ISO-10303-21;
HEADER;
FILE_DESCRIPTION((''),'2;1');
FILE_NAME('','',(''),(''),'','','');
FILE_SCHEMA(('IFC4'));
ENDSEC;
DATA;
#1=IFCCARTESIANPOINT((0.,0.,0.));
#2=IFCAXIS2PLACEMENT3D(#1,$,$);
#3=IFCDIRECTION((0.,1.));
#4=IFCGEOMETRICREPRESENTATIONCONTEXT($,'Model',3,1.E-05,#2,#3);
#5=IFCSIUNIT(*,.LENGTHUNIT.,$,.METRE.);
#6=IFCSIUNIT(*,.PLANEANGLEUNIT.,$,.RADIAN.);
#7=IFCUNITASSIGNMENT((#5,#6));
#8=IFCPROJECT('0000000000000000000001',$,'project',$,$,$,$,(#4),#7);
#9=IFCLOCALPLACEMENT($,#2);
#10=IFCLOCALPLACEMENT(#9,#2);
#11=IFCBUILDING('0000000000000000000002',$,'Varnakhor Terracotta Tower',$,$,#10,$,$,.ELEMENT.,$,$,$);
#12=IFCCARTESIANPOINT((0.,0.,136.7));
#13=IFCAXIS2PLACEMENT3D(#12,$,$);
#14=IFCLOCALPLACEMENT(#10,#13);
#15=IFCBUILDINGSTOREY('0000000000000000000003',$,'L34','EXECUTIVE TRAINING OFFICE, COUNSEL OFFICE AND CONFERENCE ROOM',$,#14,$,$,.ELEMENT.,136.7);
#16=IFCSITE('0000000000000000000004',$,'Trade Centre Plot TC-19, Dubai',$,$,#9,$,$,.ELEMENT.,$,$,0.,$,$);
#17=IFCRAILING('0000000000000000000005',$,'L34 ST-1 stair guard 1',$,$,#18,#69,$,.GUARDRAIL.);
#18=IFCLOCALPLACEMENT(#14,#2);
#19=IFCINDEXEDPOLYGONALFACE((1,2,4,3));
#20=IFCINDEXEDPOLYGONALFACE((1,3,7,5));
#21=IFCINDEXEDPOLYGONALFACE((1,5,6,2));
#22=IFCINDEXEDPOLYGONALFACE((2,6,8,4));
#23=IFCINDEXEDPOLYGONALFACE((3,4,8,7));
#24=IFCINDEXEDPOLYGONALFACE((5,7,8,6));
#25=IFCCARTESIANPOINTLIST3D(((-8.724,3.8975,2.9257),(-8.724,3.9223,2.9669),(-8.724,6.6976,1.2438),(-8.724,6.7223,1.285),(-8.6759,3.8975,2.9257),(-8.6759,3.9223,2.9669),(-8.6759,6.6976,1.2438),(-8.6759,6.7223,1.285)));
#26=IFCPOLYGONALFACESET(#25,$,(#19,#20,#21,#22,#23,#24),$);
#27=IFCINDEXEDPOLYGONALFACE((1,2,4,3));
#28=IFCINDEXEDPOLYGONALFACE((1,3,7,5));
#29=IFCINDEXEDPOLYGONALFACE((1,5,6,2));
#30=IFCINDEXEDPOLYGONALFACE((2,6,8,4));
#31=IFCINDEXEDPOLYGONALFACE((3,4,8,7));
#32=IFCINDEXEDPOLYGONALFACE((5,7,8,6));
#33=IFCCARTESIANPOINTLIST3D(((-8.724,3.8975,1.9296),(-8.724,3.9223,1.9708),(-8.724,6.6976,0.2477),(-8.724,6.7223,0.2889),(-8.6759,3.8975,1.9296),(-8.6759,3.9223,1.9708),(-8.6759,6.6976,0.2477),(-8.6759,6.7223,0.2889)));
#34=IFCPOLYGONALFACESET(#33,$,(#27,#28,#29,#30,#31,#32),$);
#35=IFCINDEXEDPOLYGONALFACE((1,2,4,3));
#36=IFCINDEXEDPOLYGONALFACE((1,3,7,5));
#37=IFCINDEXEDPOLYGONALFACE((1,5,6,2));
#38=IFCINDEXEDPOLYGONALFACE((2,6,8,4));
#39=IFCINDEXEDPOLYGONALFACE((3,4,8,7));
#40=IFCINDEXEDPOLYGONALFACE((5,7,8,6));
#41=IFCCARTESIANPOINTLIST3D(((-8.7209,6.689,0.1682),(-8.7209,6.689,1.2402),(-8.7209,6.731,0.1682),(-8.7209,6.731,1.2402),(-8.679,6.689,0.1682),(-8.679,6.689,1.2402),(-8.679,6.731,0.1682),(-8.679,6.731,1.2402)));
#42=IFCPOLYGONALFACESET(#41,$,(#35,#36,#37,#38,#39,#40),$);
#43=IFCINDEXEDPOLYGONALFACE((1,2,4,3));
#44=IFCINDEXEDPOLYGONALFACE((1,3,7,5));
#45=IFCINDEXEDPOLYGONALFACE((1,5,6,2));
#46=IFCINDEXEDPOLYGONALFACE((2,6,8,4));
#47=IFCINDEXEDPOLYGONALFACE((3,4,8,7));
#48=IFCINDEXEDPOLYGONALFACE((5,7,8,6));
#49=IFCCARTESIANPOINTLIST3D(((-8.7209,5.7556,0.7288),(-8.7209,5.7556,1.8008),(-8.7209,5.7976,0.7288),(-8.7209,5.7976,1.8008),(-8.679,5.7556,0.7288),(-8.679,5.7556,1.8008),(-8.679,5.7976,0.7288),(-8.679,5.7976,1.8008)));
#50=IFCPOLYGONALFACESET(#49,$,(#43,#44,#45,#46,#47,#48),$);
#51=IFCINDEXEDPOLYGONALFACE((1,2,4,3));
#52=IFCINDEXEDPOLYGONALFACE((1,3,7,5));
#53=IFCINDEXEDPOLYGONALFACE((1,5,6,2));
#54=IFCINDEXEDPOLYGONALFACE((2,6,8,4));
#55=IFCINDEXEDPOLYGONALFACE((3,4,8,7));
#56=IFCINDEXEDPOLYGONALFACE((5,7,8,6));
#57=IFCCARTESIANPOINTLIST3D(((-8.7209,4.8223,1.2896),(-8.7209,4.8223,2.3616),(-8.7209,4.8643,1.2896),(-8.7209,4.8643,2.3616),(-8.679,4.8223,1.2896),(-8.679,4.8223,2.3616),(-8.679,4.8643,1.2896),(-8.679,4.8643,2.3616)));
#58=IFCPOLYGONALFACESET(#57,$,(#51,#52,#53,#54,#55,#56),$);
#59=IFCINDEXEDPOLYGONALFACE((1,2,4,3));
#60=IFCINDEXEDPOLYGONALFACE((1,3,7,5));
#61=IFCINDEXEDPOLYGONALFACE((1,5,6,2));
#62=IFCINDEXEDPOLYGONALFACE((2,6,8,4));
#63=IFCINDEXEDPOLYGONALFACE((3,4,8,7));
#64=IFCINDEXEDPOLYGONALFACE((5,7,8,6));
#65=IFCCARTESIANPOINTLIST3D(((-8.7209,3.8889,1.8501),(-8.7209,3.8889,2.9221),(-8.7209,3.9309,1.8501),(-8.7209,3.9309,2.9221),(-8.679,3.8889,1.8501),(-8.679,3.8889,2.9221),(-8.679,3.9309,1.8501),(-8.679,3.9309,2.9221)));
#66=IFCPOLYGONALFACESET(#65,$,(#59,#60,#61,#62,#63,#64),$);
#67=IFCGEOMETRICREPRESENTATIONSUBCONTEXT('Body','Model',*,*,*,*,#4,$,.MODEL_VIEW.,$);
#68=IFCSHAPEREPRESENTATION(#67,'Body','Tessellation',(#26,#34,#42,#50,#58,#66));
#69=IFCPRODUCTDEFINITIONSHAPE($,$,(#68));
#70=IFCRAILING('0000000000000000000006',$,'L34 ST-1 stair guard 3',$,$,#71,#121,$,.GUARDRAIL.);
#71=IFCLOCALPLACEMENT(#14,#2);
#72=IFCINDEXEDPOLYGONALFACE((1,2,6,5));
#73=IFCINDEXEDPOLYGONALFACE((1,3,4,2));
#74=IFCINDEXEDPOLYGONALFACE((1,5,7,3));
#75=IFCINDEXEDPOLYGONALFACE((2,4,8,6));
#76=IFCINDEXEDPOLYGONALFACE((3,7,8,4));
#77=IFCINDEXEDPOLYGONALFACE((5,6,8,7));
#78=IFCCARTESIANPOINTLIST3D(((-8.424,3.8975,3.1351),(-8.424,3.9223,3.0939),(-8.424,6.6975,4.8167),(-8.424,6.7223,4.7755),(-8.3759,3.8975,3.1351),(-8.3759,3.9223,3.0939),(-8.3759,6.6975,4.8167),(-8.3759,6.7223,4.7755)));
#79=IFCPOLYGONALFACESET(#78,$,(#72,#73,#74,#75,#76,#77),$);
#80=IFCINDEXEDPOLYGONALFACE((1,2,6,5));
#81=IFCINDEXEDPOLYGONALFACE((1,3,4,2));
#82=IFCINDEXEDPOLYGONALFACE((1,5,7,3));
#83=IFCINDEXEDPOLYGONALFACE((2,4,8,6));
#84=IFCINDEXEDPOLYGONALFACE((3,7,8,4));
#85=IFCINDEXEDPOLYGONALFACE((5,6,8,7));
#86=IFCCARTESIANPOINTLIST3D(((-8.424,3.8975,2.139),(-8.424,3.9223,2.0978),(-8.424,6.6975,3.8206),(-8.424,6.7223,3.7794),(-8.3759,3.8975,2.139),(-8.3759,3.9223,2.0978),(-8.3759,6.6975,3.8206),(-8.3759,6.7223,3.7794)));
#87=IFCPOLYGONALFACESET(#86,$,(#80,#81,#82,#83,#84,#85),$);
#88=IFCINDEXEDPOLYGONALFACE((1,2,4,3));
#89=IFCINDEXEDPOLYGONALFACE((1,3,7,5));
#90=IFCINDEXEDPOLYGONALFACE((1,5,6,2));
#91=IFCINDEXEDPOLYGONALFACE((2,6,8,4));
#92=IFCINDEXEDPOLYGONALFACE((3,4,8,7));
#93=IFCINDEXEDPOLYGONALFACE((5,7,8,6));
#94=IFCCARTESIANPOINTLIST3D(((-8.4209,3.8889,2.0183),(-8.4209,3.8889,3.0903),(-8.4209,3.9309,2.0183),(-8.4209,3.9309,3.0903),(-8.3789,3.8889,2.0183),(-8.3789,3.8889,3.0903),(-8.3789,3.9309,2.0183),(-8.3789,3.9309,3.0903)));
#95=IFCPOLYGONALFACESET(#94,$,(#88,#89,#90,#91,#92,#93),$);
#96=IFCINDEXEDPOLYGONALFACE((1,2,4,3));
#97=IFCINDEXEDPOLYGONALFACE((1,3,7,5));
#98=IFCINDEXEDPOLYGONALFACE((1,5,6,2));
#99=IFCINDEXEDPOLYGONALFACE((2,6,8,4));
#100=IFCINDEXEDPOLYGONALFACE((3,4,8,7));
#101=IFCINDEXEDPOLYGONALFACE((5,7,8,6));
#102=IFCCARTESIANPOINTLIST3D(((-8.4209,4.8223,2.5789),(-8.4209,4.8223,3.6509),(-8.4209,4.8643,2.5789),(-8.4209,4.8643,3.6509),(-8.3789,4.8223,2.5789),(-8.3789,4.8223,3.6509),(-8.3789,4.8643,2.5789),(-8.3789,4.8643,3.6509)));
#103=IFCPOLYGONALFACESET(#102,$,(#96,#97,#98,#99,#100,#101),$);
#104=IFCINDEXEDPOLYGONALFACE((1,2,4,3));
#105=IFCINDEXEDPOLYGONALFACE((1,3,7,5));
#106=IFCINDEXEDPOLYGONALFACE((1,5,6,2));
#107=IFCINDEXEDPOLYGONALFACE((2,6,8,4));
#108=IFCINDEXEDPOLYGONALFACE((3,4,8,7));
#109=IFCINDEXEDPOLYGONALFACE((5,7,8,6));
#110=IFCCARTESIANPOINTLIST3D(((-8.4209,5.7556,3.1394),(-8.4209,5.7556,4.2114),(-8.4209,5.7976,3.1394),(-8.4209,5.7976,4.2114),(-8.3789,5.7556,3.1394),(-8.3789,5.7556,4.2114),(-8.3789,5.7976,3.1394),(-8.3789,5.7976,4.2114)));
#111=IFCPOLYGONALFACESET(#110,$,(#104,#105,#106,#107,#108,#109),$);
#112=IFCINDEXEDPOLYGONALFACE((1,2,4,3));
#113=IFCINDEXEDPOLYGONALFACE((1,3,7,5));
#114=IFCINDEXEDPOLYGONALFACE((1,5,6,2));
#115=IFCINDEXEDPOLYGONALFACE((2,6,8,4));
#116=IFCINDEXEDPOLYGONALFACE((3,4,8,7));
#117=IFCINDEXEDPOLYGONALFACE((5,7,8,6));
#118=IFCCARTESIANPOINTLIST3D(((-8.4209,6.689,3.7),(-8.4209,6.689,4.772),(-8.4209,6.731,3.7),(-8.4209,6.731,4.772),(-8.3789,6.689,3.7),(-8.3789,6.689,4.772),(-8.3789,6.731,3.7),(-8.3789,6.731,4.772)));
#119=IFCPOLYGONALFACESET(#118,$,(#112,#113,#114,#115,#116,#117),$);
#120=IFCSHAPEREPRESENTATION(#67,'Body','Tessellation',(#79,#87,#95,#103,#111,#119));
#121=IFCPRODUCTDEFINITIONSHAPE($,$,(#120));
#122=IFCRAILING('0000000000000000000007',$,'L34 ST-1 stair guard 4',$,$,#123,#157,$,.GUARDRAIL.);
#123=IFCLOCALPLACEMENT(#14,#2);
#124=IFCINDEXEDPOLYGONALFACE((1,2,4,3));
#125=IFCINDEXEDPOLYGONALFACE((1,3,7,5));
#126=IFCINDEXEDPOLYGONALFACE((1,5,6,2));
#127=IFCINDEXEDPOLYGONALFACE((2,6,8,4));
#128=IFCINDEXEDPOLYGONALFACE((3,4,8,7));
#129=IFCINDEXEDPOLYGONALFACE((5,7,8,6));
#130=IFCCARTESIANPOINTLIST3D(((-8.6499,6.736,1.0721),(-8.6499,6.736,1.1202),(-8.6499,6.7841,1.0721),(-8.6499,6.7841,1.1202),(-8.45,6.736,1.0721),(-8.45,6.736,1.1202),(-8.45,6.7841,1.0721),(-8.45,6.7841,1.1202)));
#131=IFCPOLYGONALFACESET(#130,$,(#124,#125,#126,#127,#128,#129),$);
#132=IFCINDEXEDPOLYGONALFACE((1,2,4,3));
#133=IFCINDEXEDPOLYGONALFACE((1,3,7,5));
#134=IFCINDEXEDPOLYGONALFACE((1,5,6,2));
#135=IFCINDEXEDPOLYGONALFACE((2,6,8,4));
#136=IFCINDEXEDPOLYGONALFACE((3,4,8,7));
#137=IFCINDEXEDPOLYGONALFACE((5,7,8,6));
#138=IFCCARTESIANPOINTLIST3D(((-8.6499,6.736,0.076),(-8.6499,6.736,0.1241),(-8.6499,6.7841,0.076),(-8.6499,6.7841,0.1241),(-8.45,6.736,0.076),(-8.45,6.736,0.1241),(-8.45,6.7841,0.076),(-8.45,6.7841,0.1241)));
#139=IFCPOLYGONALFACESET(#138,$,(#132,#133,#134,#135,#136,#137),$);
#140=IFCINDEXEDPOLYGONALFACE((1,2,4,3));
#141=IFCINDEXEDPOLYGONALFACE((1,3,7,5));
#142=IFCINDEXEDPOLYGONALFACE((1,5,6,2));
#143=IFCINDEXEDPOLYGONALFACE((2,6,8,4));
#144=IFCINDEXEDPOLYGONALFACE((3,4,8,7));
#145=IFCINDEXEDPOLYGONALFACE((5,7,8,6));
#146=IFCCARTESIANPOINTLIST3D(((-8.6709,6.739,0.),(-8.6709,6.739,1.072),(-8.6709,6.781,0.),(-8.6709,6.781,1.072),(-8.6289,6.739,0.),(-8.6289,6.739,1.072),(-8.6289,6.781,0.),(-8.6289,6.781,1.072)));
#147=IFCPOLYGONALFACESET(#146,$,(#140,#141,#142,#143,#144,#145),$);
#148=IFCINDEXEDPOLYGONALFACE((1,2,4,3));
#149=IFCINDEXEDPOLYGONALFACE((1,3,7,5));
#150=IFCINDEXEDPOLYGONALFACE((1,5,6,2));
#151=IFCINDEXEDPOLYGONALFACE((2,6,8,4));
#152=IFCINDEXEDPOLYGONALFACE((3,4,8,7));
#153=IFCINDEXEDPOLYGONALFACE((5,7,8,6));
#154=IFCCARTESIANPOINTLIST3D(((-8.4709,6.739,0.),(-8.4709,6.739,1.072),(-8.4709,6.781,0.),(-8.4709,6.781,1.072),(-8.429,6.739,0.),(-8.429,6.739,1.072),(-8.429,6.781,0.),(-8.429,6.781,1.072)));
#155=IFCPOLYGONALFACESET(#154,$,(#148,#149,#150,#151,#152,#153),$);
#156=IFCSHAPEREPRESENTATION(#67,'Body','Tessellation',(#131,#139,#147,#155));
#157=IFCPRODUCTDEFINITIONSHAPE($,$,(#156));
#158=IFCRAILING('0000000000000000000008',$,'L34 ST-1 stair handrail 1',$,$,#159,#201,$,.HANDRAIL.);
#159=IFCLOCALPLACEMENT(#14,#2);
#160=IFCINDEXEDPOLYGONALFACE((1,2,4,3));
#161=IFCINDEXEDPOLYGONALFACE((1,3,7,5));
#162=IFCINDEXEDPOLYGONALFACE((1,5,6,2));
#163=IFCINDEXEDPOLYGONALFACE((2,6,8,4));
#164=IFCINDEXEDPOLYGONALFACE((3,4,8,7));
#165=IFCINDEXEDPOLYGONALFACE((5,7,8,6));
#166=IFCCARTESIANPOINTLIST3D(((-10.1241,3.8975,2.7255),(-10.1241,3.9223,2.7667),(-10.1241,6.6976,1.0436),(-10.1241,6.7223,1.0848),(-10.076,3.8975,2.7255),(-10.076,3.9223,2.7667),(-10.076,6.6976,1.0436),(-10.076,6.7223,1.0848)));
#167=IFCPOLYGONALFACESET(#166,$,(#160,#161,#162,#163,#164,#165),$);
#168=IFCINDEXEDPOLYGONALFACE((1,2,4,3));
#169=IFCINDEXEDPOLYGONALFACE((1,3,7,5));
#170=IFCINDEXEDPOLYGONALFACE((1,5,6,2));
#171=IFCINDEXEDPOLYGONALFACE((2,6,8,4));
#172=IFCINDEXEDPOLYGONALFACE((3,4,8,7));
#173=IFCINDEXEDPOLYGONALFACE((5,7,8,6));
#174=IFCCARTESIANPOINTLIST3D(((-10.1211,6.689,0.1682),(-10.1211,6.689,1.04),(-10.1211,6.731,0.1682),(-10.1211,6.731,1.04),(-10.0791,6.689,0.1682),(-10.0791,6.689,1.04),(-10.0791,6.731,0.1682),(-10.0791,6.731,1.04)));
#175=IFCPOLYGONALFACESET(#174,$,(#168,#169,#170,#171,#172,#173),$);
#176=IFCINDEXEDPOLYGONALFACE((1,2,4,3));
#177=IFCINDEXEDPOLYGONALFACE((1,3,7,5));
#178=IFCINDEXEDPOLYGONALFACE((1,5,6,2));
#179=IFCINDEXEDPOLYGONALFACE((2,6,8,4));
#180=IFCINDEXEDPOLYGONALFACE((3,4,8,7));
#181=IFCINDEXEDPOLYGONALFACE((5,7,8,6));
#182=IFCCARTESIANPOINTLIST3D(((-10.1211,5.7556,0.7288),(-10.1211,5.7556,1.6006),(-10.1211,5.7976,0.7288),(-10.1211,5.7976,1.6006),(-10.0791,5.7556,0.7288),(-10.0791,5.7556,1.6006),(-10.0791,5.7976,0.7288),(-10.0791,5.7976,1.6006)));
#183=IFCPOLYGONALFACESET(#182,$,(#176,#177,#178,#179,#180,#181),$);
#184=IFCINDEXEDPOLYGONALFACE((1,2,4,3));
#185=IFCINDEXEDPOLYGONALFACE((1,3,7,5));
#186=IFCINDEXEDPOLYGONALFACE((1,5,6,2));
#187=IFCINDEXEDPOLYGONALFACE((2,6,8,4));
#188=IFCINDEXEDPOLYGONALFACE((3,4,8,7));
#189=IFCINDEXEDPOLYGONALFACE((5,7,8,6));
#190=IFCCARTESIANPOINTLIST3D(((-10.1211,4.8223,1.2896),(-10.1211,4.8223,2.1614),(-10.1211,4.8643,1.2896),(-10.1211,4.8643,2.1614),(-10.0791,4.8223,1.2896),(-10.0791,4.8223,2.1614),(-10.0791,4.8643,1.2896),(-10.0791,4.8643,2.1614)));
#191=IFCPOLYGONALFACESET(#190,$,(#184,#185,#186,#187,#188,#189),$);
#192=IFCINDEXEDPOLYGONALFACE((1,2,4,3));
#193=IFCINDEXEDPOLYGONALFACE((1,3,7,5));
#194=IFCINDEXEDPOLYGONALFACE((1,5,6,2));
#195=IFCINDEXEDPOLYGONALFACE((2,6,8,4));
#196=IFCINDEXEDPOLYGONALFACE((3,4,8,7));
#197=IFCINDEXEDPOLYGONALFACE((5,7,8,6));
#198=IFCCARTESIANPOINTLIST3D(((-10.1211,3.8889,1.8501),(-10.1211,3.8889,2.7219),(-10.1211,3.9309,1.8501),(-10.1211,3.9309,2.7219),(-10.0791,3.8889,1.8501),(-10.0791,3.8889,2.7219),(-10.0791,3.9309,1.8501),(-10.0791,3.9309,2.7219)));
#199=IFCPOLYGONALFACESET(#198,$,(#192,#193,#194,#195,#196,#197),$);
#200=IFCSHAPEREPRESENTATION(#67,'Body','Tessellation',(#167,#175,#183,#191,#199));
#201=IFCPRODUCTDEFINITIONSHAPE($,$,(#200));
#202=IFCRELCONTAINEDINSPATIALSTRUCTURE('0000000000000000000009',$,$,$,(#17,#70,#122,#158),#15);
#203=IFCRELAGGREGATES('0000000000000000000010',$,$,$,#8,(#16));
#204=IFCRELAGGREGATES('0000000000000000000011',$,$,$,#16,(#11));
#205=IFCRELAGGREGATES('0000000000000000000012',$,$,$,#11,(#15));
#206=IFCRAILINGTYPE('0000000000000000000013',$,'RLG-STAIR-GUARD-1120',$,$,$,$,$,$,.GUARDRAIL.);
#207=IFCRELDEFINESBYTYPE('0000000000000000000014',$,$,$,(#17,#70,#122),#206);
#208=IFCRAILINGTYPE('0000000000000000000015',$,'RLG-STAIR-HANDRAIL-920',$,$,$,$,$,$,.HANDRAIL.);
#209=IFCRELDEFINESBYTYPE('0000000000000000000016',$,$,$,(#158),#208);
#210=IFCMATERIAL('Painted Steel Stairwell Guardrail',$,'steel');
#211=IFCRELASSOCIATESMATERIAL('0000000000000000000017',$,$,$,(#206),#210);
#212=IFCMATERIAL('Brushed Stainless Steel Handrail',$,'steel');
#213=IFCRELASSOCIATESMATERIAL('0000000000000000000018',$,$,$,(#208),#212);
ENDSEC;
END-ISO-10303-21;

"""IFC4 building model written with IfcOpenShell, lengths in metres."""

from ifc_helpers import new_model, si_unit, direction, frame, origin, origin_2d, place, context, subcontext, project, spatial, rectangle, extrude, material, type_object, element, save


model = new_model("IFC4")

# Units and contexts
model_context = context("Model", 3, precision=1e-05, world=origin(), true_north=direction((0.0, 1.0)))
body_context = subcontext(model_context, "Body", "Model", "MODEL_VIEW")
ifc_project = project(units=[si_unit("LENGTHUNIT", "METRE"), si_unit("PLANEANGLEUNIT", "RADIAN")], contexts=[model_context])

# Site, building, storey
site_placement = place(None, origin())
site = spatial("IfcSite", under=ifc_project, at=site_placement, Name="Trade Centre Plot TC-19, Dubai", CompositionType="ELEMENT", RefElevation=0.0)
building_placement = place(site_placement, origin())
building = spatial("IfcBuilding", under=site, at=building_placement, Name="Varnakhor Terracotta Tower", CompositionType="ELEMENT")
storey_placement = place(building_placement, frame((0.0, 0.0, 136.7)))
storey = spatial("IfcBuildingStorey", under=building, at=storey_placement, Name="L34", Description="EXECUTIVE TRAINING OFFICE, COUNSEL OFFICE AND CONFERENCE ROOM", CompositionType="ELEMENT", Elevation=136.7)

# Railings
ifc_material_1 = material(Name="Painted Steel Stairwell Guardrail", Category="steel")
railing_type_1 = type_object("IfcRailingType", Name="RLG-STAIR-GUARD-1120", PredefinedType="GUARDRAIL", material=ifc_material_1)
railing_1_placement = place(storey_placement, frame((-8.7, 6.71, 0.1682)))
element("IfcRailing", 1, at=railing_1_placement, inside=storey, type_object=railing_type_1, Name="L34 ST-1 stair guard 1", PredefinedType="GUARDRAIL", context=body_context, shape_type="SweptSolid", body=[
    extrude(rectangle(XDim=0.0481, YDim=0.0481, at=origin_2d()), frame((0.0, 0.0, 1.0962), z_axis=(0.0, -0.857242, 0.514913), x_axis=(1.0, 0.0, 0.0)), (0.0, 0.0, 1.0), 3.2664),
    extrude(rectangle(XDim=0.0481, YDim=0.0481, at=origin_2d()), frame((0.0, 0.0, 0.1001), z_axis=(0.0, -0.857242, 0.514913), x_axis=(1.0, 0.0, 0.0)), (0.0, 0.0, 1.0), 3.2664),
    extrude(rectangle(XDim=0.042, YDim=0.042, at=origin_2d()), origin(), (0.0, 0.0, 1.0), 1.072),
    extrude(rectangle(XDim=0.042, YDim=0.042, at=origin_2d()), frame((0.0, -0.9333, 0.5605)), (0.0, 0.0, 1.0), 1.072),
    extrude(rectangle(XDim=0.042, YDim=0.042, at=origin_2d()), frame((0.0, -1.8667, 1.1213)), (0.0, 0.0, 1.0), 1.072),
    extrude(rectangle(XDim=0.042, YDim=0.042, at=origin_2d()), frame((0.0, -2.8, 1.6819)), (0.0, 0.0, 1.0), 1.072),
])
railing_2_placement = place(storey_placement, frame((-8.3999, 3.9099, 2.0183)))
element("IfcRailing", 2, at=railing_2_placement, inside=storey, type_object=railing_type_1, Name="L34 ST-1 stair guard 3", PredefinedType="GUARDRAIL", context=body_context, shape_type="SweptSolid", body=[
    extrude(rectangle(XDim=0.0481, YDim=0.0481, at=origin_2d()), frame((0.0, 0.0, 1.0962), z_axis=(0.0, 0.857275, 0.514858), x_axis=(-1.0, 0.0, 0.0)), (0.0, 0.0, 1.0), 3.2661),
    extrude(rectangle(XDim=0.0481, YDim=0.0481, at=origin_2d()), frame((0.0, 0.0, 0.1001), z_axis=(0.0, 0.857275, 0.514858), x_axis=(-1.0, 0.0, 0.0)), (0.0, 0.0, 1.0), 3.2661),
    extrude(rectangle(XDim=0.042, YDim=0.042, at=origin_2d()), origin(), (0.0, 0.0, 1.0), 1.072),
    extrude(rectangle(XDim=0.042, YDim=0.042, at=origin_2d()), frame((0.0, 0.9333, 0.5605)), (0.0, 0.0, 1.0), 1.072),
    extrude(rectangle(XDim=0.042, YDim=0.042, at=origin_2d()), frame((0.0, 1.8667, 1.1211)), (0.0, 0.0, 1.0), 1.072),
    extrude(rectangle(XDim=0.042, YDim=0.042, at=origin_2d()), frame((0.0, 2.8, 1.6816)), (0.0, 0.0, 1.0), 1.072),
])
railing_3_placement = place(storey_placement, frame((-8.6499, 6.76, 0.0)))
element("IfcRailing", 3, at=railing_3_placement, inside=storey, type_object=railing_type_1, Name="L34 ST-1 stair guard 4", PredefinedType="GUARDRAIL", context=body_context, shape_type="SweptSolid", body=[
    extrude(rectangle(XDim=0.0481, YDim=0.0481, at=origin_2d()), frame((0.0, 0.0, 1.0962), z_axis=(1.0, 0.0, 0.0), x_axis=(0.0, 1.0, 0.0)), (0.0, 0.0, 1.0), 0.2),
    extrude(rectangle(XDim=0.0481, YDim=0.0481, at=origin_2d()), frame((0.0, 0.0, 0.1001), z_axis=(1.0, 0.0, 0.0), x_axis=(0.0, 1.0, 0.0)), (0.0, 0.0, 1.0), 0.2),
    extrude(rectangle(XDim=0.042, YDim=0.042, at=origin_2d()), origin(), (0.0, 0.0, 1.0), 1.072),
    extrude(rectangle(XDim=0.042, YDim=0.042, at=origin_2d()), frame((0.2, 0.0, 0.0)), (0.0, 0.0, 1.0), 1.072),
])
ifc_material_2 = material(Name="Brushed Stainless Steel Handrail", Category="steel")
railing_type_2 = type_object("IfcRailingType", Name="RLG-STAIR-HANDRAIL-920", PredefinedType="HANDRAIL", material=ifc_material_2)
railing_4_placement = place(storey_placement, frame((-10.1001, 6.71, 0.1682)))
element("IfcRailing", 4, at=railing_4_placement, inside=storey, type_object=railing_type_2, Name="L34 ST-1 stair handrail 1", PredefinedType="HANDRAIL", context=body_context, shape_type="SweptSolid", body=[
    extrude(rectangle(XDim=0.0481, YDim=0.0481, at=origin_2d()), frame((0.0, 0.0, 0.896), z_axis=(0.0, -0.857242, 0.514913), x_axis=(1.0, 0.0, 0.0)), (0.0, 0.0, 1.0), 3.2664),
    extrude(rectangle(XDim=0.042, YDim=0.042, at=origin_2d()), origin(), (0.0, 0.0, 1.0), 0.8718),
    extrude(rectangle(XDim=0.042, YDim=0.042, at=origin_2d()), frame((0.0, -0.9333, 0.5605)), (0.0, 0.0, 1.0), 0.8718),
    extrude(rectangle(XDim=0.042, YDim=0.042, at=origin_2d()), frame((0.0, -1.8667, 1.1213)), (0.0, 0.0, 1.0), 0.8718),
    extrude(rectangle(XDim=0.042, YDim=0.042, at=origin_2d()), frame((0.0, -2.8, 1.6819)), (0.0, 0.0, 1.0), 0.8718),
])

save(model, "model.ifc")
